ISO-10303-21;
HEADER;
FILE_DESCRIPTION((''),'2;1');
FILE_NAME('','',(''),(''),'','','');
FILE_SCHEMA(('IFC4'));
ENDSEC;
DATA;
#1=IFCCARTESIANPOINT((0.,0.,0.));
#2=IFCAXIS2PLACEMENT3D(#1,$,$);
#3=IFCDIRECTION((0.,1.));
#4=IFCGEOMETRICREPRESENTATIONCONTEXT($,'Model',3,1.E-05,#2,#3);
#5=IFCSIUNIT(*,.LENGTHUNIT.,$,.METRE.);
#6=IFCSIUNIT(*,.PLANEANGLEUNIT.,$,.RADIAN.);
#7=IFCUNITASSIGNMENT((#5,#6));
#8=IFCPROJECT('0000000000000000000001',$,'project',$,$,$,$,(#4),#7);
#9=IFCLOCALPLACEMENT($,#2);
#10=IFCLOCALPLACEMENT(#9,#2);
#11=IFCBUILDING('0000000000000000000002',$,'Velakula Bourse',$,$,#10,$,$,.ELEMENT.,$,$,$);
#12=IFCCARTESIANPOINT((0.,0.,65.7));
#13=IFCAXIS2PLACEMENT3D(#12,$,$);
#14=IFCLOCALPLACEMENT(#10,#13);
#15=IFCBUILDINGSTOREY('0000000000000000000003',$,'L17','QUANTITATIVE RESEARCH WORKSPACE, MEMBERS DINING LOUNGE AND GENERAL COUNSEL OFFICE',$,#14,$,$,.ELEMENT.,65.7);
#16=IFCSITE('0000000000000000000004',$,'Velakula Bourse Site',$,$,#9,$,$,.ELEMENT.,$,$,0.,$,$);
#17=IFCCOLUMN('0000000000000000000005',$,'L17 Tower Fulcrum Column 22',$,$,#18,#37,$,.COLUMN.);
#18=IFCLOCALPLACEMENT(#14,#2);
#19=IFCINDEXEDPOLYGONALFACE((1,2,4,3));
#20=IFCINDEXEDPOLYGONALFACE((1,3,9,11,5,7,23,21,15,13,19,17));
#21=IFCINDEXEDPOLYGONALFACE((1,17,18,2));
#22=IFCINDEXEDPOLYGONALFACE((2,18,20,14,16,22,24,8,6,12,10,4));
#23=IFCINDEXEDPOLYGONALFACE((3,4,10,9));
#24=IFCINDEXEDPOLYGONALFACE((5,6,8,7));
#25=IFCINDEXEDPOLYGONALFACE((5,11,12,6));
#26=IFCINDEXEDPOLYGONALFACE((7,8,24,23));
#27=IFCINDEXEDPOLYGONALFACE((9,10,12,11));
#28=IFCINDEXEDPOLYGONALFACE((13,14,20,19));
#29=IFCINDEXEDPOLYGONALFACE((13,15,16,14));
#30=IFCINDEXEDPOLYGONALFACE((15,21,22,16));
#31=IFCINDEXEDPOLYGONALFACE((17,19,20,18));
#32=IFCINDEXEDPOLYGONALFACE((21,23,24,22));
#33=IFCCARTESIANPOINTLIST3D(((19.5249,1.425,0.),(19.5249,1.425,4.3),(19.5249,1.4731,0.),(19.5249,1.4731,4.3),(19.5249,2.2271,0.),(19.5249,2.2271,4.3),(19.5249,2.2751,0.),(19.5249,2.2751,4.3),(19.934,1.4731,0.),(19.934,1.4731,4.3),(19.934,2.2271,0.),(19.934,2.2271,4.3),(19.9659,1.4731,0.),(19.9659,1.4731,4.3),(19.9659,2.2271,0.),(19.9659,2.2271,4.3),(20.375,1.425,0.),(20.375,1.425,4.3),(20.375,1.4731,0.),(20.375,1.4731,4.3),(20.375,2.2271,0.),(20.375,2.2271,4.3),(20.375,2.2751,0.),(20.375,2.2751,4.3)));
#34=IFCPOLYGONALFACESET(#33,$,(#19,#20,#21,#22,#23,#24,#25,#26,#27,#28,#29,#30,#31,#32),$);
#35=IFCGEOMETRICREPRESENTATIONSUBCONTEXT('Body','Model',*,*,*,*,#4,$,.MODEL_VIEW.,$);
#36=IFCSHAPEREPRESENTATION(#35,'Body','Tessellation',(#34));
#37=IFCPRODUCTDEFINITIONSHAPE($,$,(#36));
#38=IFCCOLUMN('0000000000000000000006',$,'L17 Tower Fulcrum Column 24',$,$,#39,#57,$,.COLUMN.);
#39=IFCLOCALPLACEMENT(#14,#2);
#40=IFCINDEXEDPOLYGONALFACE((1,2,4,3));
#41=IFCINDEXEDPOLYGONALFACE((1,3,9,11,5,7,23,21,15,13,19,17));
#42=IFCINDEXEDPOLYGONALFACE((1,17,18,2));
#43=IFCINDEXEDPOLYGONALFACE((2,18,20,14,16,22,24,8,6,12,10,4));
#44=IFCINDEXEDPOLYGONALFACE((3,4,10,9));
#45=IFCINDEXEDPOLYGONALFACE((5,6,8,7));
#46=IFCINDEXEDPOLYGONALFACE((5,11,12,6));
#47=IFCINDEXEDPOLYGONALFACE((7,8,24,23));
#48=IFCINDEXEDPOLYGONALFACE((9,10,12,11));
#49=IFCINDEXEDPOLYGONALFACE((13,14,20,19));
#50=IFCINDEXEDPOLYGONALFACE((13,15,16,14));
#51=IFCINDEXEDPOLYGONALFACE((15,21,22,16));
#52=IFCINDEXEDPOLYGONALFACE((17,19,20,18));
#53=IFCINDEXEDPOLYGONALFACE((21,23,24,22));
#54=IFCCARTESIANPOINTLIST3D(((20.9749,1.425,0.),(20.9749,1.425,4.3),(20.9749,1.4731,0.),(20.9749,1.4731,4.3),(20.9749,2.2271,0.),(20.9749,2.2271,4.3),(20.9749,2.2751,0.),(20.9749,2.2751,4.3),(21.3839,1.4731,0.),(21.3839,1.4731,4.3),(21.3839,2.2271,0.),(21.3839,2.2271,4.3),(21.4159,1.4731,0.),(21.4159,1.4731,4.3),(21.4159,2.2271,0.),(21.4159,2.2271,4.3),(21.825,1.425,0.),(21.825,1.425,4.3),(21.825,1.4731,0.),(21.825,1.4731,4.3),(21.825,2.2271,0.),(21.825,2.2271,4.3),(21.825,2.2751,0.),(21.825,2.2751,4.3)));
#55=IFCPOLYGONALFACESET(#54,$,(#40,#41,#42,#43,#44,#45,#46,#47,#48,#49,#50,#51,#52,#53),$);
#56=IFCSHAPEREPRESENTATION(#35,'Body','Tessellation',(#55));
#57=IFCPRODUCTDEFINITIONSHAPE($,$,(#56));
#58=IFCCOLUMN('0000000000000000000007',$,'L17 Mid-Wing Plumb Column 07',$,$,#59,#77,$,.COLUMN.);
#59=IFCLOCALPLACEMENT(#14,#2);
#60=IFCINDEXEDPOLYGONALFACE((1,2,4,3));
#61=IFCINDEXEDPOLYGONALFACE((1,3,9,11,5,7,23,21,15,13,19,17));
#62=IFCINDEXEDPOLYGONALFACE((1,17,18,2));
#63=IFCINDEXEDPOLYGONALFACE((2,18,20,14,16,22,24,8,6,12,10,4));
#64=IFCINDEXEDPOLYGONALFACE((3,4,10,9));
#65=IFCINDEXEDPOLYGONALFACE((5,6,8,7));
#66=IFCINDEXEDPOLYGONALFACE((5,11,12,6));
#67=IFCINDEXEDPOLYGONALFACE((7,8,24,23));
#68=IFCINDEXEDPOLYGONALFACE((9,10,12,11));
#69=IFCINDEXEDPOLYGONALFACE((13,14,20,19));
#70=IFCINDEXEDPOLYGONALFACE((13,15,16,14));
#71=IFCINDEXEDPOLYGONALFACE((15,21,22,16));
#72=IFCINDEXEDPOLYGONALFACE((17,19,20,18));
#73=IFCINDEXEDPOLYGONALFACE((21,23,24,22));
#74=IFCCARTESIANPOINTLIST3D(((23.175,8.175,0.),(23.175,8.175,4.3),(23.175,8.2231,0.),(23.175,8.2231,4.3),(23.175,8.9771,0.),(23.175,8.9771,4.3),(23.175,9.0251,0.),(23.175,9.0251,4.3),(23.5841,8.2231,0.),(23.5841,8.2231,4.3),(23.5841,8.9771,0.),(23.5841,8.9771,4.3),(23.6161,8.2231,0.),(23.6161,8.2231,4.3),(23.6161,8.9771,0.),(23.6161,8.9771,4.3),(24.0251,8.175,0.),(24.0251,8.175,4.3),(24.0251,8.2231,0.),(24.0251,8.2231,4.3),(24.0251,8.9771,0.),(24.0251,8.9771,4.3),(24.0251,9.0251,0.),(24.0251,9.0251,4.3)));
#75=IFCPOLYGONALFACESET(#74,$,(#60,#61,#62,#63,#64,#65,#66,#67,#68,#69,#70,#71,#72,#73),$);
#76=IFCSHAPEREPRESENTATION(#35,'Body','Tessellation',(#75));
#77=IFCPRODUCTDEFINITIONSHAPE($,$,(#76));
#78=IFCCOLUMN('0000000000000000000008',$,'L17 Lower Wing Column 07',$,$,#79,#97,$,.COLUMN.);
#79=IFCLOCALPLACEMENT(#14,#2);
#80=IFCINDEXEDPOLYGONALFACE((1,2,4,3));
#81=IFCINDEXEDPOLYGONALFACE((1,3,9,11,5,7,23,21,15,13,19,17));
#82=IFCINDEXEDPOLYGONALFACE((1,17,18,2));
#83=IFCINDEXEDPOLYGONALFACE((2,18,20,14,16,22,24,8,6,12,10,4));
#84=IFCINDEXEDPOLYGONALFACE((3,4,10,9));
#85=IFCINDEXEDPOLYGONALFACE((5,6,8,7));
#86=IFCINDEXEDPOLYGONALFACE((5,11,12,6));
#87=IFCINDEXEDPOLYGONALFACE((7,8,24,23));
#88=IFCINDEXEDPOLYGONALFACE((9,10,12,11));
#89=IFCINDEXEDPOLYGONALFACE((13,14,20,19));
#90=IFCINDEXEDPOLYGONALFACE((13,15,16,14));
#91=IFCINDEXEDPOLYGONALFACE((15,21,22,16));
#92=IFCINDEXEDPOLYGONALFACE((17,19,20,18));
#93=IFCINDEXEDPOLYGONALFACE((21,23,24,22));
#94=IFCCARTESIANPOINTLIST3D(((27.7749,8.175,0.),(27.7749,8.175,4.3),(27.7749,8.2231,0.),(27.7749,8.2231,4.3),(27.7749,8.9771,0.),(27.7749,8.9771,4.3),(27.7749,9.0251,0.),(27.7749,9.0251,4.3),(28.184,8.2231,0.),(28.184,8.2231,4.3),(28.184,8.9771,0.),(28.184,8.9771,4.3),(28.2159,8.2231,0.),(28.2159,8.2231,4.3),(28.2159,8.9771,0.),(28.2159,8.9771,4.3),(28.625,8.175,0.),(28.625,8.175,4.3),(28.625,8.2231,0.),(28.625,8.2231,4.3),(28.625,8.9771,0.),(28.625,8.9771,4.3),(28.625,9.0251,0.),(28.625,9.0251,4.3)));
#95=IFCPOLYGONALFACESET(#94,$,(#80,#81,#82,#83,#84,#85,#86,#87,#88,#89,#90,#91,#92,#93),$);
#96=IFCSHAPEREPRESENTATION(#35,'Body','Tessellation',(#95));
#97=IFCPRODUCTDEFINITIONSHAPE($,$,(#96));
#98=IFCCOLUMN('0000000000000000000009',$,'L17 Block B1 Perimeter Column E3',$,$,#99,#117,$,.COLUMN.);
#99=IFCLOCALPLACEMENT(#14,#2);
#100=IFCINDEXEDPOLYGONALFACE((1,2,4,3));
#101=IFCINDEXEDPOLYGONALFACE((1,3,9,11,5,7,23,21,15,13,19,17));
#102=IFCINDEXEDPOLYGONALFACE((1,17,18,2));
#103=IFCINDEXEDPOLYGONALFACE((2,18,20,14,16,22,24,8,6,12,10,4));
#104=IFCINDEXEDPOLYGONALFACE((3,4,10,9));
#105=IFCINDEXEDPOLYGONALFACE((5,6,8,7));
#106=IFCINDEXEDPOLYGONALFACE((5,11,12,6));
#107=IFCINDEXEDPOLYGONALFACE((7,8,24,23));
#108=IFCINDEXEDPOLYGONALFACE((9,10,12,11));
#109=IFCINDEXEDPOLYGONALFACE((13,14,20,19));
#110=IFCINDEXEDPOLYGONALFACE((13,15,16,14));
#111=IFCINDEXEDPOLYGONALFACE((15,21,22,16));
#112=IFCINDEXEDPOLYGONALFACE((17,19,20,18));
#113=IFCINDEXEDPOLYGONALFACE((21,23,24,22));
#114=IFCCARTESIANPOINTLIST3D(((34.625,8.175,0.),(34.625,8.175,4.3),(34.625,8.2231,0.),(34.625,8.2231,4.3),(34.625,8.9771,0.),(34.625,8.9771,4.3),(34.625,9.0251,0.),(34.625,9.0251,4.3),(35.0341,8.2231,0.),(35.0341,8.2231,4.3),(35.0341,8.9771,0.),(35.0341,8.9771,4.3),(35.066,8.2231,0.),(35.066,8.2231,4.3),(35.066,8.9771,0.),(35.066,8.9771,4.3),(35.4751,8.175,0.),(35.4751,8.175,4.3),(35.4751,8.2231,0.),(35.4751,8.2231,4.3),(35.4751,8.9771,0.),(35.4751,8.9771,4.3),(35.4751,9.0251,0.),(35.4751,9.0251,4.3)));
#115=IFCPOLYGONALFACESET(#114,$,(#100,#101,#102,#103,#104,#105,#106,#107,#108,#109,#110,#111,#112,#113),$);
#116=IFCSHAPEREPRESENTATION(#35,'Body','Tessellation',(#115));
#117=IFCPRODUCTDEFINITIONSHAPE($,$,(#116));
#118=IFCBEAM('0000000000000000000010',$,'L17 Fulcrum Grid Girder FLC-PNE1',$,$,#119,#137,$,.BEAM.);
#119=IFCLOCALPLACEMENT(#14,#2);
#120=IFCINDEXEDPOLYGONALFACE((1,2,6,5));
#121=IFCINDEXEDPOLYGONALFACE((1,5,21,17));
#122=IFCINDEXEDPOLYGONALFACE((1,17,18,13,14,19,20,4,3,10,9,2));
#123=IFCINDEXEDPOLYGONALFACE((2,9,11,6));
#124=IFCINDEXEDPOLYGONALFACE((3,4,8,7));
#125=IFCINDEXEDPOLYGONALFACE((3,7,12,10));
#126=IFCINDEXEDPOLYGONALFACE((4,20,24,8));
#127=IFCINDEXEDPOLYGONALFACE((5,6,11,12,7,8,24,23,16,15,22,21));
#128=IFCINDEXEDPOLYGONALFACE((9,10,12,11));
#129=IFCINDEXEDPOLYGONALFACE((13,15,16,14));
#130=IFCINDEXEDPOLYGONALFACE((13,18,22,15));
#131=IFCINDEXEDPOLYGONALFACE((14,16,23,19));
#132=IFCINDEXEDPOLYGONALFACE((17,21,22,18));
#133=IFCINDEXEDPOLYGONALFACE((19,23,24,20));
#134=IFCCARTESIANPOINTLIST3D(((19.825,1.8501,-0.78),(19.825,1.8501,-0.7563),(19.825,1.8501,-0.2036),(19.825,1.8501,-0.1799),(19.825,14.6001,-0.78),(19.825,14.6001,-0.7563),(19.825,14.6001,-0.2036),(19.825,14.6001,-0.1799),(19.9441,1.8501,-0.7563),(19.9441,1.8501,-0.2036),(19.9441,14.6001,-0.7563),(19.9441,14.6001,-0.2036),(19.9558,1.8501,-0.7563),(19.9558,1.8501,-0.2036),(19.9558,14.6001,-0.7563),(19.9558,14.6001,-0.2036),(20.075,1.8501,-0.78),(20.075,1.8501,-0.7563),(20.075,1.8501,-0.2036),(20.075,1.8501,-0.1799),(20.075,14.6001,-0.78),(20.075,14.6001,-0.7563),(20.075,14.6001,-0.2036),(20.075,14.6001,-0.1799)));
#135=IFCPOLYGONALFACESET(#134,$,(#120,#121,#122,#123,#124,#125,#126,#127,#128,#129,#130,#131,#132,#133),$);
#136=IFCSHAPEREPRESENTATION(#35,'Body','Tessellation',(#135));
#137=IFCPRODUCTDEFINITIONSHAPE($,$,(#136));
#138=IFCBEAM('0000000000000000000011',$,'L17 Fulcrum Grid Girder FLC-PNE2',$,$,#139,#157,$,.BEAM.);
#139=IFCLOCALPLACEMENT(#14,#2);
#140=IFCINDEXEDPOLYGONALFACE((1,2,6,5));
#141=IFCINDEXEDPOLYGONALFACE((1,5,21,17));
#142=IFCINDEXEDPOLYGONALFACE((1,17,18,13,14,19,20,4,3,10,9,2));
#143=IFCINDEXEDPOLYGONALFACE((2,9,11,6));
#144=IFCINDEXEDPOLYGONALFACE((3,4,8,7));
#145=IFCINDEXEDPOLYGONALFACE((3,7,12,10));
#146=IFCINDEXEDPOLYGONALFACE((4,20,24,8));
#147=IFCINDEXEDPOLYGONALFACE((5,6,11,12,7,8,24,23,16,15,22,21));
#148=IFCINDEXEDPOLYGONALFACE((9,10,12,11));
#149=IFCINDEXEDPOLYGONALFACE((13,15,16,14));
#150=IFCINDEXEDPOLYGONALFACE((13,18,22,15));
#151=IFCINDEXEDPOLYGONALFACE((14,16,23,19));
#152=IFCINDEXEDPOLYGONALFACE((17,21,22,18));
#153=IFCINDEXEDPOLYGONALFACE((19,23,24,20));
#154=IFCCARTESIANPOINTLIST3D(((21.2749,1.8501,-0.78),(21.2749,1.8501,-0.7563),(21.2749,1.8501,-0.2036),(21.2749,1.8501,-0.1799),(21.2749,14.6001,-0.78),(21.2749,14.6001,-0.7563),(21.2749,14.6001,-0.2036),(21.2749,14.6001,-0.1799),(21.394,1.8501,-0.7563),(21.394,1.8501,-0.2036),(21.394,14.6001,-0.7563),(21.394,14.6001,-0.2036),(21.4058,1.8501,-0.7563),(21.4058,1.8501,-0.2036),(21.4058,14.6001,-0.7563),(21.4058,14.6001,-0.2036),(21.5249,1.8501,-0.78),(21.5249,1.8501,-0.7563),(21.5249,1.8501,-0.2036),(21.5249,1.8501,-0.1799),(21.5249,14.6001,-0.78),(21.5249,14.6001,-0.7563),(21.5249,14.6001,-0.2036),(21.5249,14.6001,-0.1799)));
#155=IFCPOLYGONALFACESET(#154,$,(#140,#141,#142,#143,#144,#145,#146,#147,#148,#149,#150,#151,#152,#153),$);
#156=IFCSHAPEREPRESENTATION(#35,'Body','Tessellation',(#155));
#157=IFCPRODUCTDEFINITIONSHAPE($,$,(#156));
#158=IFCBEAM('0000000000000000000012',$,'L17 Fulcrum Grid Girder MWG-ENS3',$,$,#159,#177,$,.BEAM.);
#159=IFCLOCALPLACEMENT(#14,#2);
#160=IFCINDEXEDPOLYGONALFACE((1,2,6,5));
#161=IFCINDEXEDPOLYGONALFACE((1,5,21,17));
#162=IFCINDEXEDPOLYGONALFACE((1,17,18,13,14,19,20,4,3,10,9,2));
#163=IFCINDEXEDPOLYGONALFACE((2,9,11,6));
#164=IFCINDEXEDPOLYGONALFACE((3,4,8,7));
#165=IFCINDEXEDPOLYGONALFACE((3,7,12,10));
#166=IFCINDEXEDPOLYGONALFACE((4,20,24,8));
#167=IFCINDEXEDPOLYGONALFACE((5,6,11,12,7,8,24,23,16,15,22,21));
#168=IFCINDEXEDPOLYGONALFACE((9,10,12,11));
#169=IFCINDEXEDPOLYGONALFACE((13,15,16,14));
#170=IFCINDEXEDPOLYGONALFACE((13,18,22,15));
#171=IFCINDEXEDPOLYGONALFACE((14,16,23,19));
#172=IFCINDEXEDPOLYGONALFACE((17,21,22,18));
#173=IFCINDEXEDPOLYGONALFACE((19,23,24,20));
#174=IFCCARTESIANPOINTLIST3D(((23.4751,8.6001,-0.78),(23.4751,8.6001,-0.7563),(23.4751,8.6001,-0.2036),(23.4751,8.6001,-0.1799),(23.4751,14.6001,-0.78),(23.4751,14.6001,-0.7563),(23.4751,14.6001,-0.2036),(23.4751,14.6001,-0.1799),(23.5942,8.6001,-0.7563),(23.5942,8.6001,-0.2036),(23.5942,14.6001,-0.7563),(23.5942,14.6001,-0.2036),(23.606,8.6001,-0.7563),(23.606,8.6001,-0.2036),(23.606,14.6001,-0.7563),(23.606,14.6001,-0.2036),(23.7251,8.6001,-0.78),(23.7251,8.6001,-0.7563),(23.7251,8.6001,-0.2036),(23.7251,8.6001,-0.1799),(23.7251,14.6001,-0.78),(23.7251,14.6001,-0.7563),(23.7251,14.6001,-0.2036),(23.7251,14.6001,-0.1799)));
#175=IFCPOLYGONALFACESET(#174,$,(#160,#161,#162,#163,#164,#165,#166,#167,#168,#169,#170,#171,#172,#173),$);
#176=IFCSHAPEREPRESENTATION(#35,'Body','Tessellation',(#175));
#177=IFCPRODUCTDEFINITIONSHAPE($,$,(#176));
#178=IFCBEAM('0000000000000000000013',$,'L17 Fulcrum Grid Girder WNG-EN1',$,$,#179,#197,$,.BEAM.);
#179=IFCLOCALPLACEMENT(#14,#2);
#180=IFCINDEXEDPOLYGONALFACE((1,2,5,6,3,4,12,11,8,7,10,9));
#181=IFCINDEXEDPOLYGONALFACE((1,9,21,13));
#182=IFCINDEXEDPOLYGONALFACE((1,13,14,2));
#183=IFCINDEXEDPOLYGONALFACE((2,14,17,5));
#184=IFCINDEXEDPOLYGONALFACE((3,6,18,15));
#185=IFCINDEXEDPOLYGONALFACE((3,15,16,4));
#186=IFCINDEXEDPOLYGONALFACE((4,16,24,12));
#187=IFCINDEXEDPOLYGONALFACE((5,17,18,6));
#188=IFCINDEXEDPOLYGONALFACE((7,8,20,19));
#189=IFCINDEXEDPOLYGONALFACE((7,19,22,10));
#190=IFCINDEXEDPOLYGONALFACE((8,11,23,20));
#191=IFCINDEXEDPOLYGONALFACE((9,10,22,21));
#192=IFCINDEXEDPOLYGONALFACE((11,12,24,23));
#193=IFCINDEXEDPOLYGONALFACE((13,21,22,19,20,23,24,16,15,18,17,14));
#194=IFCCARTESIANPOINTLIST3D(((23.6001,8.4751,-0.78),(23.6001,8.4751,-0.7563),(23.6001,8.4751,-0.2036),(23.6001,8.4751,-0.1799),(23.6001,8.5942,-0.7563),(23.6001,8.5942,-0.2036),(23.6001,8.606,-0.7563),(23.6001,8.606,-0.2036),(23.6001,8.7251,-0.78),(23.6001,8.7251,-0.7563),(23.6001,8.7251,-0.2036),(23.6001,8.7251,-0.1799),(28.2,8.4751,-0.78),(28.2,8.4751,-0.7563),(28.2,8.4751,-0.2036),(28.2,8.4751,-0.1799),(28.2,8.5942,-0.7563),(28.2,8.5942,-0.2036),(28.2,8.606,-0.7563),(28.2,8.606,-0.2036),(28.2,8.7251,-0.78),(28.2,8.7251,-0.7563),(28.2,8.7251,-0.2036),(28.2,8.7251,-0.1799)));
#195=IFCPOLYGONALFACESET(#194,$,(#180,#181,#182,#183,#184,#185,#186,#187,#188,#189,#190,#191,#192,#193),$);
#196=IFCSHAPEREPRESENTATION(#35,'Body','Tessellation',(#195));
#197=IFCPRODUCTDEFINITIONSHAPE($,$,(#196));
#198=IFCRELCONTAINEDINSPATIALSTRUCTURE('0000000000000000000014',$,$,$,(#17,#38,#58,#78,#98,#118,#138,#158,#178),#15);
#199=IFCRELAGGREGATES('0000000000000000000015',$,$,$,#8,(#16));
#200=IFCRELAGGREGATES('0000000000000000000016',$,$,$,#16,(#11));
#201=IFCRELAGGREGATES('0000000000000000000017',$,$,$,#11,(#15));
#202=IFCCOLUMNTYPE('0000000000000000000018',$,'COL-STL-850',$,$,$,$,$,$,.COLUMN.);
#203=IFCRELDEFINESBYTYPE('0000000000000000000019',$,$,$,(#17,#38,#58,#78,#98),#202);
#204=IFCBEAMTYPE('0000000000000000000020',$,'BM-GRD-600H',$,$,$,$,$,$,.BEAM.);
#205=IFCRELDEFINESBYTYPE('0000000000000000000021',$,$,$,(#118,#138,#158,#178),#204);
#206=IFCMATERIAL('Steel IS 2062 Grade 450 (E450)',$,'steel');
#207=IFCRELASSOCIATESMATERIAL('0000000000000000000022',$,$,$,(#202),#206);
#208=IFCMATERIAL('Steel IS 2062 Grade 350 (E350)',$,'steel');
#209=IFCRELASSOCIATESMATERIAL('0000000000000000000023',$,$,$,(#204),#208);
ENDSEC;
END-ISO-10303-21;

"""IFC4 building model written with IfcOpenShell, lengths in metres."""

from ifc_helpers import new_model, si_unit, direction, frame, origin, origin_2d, place, context, subcontext, project, spatial, i_section, extrude, material, material_profile, profile_set, type_object, element, save


model = new_model("IFC4")

# Units and contexts
model_context = context("Model", 3, precision=1e-05, world=origin(), true_north=direction((0.0, 1.0)))
body_context = subcontext(model_context, "Body", "Model", "MODEL_VIEW")
ifc_project = project(units=[si_unit("LENGTHUNIT", "METRE"), si_unit("PLANEANGLEUNIT", "RADIAN")], contexts=[model_context])

# Site, building, storey
site_placement = place(None, origin())
site = spatial("IfcSite", under=ifc_project, at=site_placement, Name="Velakula Bourse Site", CompositionType="ELEMENT", RefElevation=0.0)
building_placement = place(site_placement, origin())
building = spatial("IfcBuilding", under=site, at=building_placement, Name="Velakula Bourse", CompositionType="ELEMENT")
storey_placement = place(building_placement, frame((0.0, 0.0, 65.7)))
storey = spatial("IfcBuildingStorey", under=building, at=storey_placement, Name="L17", Description="QUANTITATIVE RESEARCH WORKSPACE, MEMBERS DINING LOUNGE AND GENERAL COUNSEL OFFICE", CompositionType="ELEMENT", Elevation=65.7)

# Columns
ifc_material_1 = material(Name="Steel IS 2062 Grade 450 (E450)", Category="steel")
ifc_material_profile_1 = material_profile(ifc_material_1, i_section(OverallWidth=0.8501, OverallDepth=0.8501, WebThickness=0.032, FlangeThickness=0.0481, at=origin_2d()), Name="Steel IS 2062 Grade 450 (E450)")
ifc_profile_set_1 = profile_set([ifc_material_profile_1], Name="Steel IS 2062 Grade 450 (E450)")
column_type = type_object("IfcColumnType", Name="COL-STL-850", PredefinedType="COLUMN", material=ifc_profile_set_1)
for number, where, z_axis, x_axis, name in (
    (1, (19.95, 1.8501, 0.0), (0.0, 0.0, 1.0), (1.0, 0.0, 0.0), "L17 Tower Fulcrum Column 22"),
    (2, (21.3999, 1.8501, 0.0), (0.0, 0.0, 1.0), (1.0, 0.0, 0.0), "L17 Tower Fulcrum Column 24"),
    (3, (23.6001, 8.6001, 0.0), (0.0, 0.0, 1.0), (1.0, 0.0, 0.0), "L17 Mid-Wing Plumb Column 07"),
    (4, (28.2, 8.6001, 0.0), (0.0, 0.0, 1.0), (1.0, 0.0, 0.0), "L17 Lower Wing Column 07"),
    (5, (35.05, 8.6001, 0.0), (0.0, 0.0, 1.0), (1.0, 0.0, 0.0), "L17 Block B1 Perimeter Column E3"),
):
    element("IfcColumn", number, at=place(storey_placement, frame(where, z_axis=z_axis, x_axis=x_axis)), inside=storey, type_object=column_type, Name=name, PredefinedType="COLUMN", context=body_context, shape_type="SweptSolid", body=[
        extrude(i_section(OverallWidth=0.8501, OverallDepth=0.8501, WebThickness=0.032, FlangeThickness=0.0481, at=origin_2d()), origin(), (0.0, 0.0, 1.0), 4.3),
    ])

# Beams
ifc_material_2 = material(Name="Steel IS 2062 Grade 350 (E350)", Category="steel")
ifc_material_profile_2 = material_profile(ifc_material_2, i_section(OverallWidth=0.25, OverallDepth=0.6001, WebThickness=0.0117, FlangeThickness=0.0237, at=origin_2d()), Name="Steel IS 2062 Grade 350 (E350)")
ifc_profile_set_2 = profile_set([ifc_material_profile_2], Name="Steel IS 2062 Grade 350 (E350)")
beam_type_1 = type_object("IfcBeamType", Name="BM-GRD-600H", PredefinedType="BEAM", material=ifc_profile_set_2)
for number, where, z_axis, x_axis, name in (
    (6, (19.95, 1.8501, -0.48), (0.0, 1.0, 0.0), (-1.0, 0.0, 0.0), "L17 Fulcrum Grid Girder FLC-PNE1"),
    (7, (21.3999, 1.8501, -0.48), (0.0, 1.0, 0.0), (-1.0, 0.0, 0.0), "L17 Fulcrum Grid Girder FLC-PNE2"),
):
    element("IfcBeam", number, at=place(storey_placement, frame(where, z_axis=z_axis, x_axis=x_axis)), inside=storey, type_object=beam_type_1, Name=name, PredefinedType="BEAM", context=body_context, shape_type="SweptSolid", body=[
        extrude(i_section(OverallWidth=0.25, OverallDepth=0.6001, WebThickness=0.0117, FlangeThickness=0.0237, at=origin_2d()), origin(), (0.0, 0.0, 1.0), 12.75),
    ])
beam_1_placement = place(storey_placement, frame((23.6001, 8.6001, -0.48), z_axis=(0.0, 1.0, 0.0), x_axis=(-1.0, 0.0, 0.0)))
element("IfcBeam", 8, at=beam_1_placement, inside=storey, type_object=beam_type_1, Name="L17 Fulcrum Grid Girder MWG-ENS3", PredefinedType="BEAM", context=body_context, shape_type="SweptSolid", body=[
    extrude(i_section(OverallWidth=0.25, OverallDepth=0.6001, WebThickness=0.0117, FlangeThickness=0.0237, at=origin_2d()), origin(), (0.0, 0.0, 1.0), 6.0),
])
beam_2_placement = place(storey_placement, frame((23.6001, 8.6001, -0.48), z_axis=(1.0, 0.0, 0.0), x_axis=(0.0, 1.0, 0.0)))
element("IfcBeam", 9, at=beam_2_placement, inside=storey, type_object=beam_type_1, Name="L17 Fulcrum Grid Girder WNG-EN1", PredefinedType="BEAM", context=body_context, shape_type="SweptSolid", body=[
    extrude(i_section(OverallWidth=0.25, OverallDepth=0.6001, WebThickness=0.0117, FlangeThickness=0.0237, at=origin_2d()), origin(), (0.0, 0.0, 1.0), 4.5999),
])

save(model, "model.ifc")
